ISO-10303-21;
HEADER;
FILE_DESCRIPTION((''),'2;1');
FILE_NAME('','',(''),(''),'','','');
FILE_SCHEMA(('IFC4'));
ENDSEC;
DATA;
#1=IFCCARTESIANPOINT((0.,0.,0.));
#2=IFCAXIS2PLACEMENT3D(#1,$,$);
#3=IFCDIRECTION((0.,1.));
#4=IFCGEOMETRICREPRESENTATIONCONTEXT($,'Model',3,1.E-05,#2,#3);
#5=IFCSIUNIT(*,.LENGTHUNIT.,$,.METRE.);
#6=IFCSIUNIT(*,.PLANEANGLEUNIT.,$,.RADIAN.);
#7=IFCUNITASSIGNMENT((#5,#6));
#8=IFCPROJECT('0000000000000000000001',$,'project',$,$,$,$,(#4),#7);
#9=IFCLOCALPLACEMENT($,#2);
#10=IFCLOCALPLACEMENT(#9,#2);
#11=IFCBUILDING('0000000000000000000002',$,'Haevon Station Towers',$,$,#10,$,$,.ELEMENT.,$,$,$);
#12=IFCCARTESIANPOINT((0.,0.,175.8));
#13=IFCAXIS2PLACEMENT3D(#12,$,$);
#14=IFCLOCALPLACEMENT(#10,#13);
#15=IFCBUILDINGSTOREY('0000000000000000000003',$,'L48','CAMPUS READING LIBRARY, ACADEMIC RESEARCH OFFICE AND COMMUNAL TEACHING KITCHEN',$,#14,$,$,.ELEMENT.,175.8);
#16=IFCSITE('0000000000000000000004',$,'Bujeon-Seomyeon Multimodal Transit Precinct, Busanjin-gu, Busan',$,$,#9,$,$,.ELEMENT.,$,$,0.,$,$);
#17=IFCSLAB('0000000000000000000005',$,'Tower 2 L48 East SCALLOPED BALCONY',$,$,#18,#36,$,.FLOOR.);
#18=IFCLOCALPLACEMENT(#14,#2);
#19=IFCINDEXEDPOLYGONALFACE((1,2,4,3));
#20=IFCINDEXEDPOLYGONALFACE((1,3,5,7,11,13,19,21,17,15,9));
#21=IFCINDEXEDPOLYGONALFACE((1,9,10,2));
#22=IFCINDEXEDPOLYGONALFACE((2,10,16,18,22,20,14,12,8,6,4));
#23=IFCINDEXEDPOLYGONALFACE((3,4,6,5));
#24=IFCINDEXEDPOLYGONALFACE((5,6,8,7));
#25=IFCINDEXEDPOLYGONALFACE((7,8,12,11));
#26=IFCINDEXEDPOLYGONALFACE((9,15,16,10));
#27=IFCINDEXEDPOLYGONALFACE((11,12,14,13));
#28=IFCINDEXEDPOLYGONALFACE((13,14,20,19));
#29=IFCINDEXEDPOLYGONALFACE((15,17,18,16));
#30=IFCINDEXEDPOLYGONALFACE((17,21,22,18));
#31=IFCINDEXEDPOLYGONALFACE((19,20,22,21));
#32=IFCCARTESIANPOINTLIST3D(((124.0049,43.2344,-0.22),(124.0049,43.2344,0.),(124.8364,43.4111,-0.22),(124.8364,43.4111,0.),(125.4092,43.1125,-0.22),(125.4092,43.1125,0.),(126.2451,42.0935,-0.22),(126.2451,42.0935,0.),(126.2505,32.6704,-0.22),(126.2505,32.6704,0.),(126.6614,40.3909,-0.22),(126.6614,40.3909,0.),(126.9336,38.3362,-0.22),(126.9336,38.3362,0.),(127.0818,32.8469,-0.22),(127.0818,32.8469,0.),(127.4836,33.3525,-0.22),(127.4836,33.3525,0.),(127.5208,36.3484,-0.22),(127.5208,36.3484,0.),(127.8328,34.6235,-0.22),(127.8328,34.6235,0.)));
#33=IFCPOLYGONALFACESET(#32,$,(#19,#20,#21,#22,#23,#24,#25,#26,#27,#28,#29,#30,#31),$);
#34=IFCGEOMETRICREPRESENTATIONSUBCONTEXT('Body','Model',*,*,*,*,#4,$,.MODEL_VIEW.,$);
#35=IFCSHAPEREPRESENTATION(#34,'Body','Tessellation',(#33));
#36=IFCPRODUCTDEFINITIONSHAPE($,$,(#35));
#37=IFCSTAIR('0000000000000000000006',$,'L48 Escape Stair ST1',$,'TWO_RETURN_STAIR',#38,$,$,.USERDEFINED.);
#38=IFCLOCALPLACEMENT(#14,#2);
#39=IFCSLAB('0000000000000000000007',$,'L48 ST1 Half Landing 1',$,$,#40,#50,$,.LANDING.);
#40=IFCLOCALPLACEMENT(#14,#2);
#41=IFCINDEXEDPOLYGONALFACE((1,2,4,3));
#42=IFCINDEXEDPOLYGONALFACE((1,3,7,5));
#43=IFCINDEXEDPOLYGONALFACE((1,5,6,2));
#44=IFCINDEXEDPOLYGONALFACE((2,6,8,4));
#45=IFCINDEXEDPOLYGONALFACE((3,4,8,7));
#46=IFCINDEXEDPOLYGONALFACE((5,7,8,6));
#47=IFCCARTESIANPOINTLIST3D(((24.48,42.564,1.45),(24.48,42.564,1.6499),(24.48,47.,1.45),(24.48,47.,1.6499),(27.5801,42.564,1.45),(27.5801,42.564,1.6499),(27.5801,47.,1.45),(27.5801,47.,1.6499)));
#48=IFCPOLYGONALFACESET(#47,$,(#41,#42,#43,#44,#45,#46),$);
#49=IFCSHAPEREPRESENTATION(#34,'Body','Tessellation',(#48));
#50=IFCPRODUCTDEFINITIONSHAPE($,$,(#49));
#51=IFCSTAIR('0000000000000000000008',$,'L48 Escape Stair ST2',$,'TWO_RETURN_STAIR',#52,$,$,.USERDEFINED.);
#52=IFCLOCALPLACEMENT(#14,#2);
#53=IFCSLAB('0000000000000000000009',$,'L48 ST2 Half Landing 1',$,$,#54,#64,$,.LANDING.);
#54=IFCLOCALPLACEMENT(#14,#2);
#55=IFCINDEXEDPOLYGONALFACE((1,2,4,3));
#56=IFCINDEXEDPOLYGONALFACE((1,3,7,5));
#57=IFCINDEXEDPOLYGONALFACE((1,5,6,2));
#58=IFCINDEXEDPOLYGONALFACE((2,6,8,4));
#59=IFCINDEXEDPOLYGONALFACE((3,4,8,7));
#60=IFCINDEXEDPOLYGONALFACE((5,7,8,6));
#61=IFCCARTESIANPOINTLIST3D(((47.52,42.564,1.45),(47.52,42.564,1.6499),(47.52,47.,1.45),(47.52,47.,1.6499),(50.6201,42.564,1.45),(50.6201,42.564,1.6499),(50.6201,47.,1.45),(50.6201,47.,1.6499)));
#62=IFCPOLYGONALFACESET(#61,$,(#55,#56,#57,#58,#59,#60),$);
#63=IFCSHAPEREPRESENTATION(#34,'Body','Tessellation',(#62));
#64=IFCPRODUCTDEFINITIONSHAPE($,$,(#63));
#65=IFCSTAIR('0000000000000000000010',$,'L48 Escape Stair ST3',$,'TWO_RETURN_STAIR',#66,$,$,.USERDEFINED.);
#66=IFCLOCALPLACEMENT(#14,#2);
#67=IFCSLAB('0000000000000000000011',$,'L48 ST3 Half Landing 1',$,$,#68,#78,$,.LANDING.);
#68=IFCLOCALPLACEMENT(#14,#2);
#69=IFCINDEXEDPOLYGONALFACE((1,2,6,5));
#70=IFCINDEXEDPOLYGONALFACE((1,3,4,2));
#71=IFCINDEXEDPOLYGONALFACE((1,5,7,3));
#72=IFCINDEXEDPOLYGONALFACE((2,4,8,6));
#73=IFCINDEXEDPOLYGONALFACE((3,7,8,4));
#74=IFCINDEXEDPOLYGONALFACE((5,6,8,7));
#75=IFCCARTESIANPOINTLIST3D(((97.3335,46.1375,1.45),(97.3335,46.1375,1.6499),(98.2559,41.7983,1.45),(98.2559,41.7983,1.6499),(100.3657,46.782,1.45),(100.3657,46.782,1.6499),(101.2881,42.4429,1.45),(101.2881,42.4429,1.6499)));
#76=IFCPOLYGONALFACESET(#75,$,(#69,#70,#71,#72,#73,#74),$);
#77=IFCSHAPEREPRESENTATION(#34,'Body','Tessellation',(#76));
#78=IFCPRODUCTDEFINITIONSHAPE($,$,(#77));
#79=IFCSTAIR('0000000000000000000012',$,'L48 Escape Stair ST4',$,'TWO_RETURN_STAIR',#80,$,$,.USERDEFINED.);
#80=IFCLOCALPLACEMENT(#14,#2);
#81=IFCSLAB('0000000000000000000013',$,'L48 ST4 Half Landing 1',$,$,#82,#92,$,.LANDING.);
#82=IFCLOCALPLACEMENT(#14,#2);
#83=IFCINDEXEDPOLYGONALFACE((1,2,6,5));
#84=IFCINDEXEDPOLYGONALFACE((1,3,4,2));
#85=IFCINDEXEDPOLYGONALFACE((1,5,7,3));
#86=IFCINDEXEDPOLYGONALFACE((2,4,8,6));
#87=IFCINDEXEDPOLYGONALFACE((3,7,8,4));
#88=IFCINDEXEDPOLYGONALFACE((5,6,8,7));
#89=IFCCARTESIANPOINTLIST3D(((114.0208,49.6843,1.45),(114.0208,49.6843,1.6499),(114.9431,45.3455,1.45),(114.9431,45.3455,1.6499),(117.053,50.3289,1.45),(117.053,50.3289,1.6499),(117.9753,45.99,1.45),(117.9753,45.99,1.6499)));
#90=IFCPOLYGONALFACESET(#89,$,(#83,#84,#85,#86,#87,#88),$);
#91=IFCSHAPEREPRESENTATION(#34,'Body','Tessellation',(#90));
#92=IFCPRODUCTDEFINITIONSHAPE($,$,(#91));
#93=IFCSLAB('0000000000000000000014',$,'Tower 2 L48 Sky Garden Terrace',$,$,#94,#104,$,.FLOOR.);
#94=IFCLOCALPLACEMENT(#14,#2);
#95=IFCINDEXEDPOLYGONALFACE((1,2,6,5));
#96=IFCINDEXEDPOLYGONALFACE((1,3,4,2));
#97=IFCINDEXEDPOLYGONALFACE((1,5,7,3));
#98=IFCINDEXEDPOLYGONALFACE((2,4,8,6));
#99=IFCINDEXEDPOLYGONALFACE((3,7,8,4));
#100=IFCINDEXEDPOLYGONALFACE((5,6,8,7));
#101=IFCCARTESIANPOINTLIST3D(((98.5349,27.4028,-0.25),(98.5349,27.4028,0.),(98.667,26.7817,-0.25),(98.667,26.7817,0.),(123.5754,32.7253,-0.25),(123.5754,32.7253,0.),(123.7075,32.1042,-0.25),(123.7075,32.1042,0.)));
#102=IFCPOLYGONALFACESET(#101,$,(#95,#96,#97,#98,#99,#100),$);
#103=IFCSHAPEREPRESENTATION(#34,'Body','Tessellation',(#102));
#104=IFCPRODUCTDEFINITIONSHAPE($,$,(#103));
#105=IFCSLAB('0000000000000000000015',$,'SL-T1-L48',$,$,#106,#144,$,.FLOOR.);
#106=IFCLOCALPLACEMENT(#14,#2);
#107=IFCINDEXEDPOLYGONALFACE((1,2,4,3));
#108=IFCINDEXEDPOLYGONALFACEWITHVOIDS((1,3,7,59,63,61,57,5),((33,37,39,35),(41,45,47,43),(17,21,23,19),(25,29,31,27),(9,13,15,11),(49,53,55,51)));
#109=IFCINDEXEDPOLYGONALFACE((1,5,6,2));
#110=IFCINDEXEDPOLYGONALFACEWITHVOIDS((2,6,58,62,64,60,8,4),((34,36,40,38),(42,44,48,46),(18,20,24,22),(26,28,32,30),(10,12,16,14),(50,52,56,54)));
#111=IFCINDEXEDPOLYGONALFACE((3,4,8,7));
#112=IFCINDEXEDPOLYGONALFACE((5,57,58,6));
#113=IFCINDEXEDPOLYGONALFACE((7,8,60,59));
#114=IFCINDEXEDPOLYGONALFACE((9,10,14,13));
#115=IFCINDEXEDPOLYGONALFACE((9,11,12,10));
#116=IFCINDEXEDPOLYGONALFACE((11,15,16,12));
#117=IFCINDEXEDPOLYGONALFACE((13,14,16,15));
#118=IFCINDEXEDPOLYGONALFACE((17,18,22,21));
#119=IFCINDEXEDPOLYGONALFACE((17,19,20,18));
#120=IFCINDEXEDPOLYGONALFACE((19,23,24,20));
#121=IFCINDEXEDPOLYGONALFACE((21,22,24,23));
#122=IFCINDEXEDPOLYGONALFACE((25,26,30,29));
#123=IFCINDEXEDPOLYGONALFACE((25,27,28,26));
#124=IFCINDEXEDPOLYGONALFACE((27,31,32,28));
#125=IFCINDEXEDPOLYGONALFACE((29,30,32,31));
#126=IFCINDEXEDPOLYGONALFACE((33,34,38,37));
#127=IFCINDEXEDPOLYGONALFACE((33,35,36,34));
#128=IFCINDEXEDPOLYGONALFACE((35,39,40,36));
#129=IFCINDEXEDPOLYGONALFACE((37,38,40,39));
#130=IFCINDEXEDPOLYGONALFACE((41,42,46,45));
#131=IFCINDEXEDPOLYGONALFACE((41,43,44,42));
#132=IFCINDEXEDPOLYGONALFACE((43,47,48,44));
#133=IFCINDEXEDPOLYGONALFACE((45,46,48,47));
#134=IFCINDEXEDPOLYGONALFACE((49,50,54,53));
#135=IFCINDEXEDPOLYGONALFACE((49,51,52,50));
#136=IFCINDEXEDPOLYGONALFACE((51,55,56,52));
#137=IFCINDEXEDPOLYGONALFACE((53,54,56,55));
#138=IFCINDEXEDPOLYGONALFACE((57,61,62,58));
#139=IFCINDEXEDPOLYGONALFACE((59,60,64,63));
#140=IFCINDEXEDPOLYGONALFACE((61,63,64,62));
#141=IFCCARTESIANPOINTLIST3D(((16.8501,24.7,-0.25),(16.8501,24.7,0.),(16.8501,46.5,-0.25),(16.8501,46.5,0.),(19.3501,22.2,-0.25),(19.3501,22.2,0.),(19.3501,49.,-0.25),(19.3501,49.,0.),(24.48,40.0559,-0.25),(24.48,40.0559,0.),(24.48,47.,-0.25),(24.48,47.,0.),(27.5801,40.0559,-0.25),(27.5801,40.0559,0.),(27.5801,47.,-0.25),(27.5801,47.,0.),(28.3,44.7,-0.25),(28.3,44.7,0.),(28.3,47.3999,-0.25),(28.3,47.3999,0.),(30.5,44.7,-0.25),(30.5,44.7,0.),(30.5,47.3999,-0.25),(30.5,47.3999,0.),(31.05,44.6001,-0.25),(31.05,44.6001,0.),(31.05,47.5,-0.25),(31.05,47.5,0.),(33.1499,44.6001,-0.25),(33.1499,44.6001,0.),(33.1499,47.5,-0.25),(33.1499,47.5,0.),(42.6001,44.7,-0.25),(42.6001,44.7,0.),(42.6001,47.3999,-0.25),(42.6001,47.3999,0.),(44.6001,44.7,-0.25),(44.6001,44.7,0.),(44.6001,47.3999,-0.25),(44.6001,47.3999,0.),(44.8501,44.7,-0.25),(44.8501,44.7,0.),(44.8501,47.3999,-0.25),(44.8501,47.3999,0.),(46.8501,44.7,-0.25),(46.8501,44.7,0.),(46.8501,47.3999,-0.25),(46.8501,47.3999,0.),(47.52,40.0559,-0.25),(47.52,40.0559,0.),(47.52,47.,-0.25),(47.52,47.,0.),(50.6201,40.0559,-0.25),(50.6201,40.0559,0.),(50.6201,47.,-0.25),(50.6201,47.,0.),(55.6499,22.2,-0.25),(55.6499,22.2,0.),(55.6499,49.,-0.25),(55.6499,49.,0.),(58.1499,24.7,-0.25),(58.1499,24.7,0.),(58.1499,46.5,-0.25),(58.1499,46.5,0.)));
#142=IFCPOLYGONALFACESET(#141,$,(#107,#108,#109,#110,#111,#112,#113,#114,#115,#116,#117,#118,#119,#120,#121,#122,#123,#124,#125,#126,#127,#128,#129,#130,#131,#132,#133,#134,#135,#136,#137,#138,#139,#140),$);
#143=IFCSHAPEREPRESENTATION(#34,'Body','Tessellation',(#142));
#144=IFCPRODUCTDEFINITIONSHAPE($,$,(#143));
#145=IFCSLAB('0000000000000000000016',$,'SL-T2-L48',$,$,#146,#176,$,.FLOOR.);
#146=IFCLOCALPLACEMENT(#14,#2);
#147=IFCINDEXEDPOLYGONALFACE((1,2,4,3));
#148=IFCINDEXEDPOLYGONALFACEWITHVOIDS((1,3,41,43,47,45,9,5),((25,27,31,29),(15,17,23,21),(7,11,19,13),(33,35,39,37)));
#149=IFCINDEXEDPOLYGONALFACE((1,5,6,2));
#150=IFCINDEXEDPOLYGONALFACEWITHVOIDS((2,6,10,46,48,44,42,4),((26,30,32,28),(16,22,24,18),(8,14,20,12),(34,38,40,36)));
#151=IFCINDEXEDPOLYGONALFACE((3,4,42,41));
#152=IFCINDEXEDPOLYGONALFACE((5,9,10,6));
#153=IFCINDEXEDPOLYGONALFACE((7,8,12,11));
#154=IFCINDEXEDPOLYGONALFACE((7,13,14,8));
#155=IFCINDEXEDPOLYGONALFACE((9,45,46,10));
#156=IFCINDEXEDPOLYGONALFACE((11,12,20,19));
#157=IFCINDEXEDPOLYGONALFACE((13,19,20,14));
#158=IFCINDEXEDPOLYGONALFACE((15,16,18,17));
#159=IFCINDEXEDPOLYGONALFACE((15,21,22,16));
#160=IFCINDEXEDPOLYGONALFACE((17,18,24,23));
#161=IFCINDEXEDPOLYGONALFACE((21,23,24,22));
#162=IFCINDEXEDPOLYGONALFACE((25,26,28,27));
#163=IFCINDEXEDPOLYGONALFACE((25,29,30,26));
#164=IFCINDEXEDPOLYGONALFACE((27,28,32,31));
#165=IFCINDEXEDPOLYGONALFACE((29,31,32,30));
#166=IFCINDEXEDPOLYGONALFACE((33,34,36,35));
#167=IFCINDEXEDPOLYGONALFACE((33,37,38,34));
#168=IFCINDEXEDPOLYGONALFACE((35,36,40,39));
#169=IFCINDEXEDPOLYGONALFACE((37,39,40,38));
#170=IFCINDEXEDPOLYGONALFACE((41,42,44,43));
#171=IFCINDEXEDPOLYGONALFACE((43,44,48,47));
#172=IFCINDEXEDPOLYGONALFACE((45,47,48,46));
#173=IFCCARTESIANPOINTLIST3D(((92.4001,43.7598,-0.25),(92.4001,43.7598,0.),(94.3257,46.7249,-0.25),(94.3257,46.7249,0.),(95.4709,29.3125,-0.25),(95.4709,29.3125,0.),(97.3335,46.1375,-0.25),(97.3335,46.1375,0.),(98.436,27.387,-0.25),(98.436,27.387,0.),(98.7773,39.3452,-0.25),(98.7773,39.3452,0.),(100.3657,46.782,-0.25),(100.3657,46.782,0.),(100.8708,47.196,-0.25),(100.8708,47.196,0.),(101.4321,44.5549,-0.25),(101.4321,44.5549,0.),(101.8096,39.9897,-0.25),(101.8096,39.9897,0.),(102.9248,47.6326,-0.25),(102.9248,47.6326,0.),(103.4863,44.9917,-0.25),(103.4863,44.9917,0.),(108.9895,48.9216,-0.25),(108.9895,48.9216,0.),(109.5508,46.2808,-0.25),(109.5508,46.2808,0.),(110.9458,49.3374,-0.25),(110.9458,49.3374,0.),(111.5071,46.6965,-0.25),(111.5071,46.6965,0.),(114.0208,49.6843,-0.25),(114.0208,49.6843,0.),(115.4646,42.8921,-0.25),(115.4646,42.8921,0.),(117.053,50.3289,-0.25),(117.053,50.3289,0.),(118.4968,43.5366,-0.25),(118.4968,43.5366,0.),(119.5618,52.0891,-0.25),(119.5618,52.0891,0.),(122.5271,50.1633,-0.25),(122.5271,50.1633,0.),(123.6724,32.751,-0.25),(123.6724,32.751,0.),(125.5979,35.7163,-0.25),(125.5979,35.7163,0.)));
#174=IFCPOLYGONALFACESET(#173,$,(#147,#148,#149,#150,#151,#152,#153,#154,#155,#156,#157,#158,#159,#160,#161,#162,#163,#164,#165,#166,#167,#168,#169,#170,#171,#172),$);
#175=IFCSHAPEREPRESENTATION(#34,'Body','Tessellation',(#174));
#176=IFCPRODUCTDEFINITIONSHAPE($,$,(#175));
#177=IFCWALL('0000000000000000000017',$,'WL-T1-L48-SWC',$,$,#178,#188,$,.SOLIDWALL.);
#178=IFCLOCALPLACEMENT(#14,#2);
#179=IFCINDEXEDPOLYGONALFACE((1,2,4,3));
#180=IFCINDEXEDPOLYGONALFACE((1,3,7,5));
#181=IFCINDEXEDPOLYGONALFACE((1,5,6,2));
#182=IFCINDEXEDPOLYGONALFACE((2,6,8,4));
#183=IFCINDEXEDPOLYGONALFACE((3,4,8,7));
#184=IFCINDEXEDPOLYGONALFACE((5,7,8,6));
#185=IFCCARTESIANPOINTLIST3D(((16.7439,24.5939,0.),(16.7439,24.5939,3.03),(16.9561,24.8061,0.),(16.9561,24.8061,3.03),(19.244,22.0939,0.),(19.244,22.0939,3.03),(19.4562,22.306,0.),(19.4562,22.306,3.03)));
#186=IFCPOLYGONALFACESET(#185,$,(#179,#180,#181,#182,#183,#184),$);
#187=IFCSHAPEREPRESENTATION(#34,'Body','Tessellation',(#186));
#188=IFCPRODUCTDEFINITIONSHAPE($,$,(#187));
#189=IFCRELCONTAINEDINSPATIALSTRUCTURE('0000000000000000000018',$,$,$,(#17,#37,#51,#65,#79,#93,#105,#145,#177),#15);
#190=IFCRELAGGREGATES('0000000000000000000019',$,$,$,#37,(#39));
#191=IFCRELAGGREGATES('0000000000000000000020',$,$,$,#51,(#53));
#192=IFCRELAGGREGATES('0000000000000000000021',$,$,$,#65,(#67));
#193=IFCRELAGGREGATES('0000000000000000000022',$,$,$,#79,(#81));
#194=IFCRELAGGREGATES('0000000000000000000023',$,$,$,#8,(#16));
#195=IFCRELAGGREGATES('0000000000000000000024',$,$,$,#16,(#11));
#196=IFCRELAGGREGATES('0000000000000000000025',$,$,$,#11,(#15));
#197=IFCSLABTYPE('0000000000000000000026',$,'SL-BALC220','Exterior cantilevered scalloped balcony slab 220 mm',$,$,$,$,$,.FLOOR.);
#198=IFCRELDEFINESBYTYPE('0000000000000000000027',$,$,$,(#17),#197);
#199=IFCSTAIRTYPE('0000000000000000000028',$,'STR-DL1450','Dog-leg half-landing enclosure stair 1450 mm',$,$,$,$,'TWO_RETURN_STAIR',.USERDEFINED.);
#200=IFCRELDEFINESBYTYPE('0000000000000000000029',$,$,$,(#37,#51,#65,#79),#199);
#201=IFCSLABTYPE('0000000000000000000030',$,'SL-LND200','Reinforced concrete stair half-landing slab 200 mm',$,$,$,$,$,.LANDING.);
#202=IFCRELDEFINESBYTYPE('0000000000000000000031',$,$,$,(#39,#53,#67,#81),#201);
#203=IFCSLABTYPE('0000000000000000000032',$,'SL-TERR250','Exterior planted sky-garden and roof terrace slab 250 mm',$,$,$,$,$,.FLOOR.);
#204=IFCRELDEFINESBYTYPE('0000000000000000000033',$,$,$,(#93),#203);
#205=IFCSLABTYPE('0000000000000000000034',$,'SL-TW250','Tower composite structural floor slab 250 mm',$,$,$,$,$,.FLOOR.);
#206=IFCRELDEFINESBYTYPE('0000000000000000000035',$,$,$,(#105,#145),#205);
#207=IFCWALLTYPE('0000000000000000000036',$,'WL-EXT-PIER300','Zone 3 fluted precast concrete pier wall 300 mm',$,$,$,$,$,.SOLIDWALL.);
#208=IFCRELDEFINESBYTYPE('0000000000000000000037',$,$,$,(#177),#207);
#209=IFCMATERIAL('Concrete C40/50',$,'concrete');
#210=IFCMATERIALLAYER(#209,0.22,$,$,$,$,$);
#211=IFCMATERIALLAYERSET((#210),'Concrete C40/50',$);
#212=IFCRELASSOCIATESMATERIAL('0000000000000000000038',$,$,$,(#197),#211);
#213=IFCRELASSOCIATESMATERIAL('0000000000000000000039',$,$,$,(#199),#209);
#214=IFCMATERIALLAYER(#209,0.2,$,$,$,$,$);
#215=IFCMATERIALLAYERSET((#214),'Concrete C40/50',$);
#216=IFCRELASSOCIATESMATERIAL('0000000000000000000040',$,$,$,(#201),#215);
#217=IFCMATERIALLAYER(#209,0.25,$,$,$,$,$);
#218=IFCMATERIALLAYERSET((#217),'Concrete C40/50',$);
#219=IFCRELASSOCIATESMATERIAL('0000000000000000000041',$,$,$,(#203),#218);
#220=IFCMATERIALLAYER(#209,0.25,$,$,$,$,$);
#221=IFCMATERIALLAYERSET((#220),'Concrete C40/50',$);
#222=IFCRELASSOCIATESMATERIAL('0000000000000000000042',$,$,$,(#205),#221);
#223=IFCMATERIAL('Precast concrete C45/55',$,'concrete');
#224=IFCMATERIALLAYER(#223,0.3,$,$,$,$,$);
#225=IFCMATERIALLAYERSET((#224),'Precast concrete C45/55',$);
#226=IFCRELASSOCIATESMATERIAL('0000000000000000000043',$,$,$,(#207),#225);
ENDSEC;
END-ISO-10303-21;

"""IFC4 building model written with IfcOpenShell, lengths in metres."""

from ifc_helpers import new_model, si_unit, direction, frame, frame_2d, origin, place, context, subcontext, project, spatial, polyline, rectangle, outline, extrude, material, layer, layer_set, type_object, element, aggregate, save


model = new_model("IFC4")

# Units and contexts
model_context = context("Model", 3, precision=1e-05, world=origin(), true_north=direction((0.0, 1.0)))
body_context = subcontext(model_context, "Body", "Model", "MODEL_VIEW")
ifc_project = project(units=[si_unit("LENGTHUNIT", "METRE"), si_unit("PLANEANGLEUNIT", "RADIAN")], contexts=[model_context])

# Site, building, storey
site_placement = place(None, origin())
site = spatial("IfcSite", under=ifc_project, at=site_placement, Name="Bujeon-Seomyeon Multimodal Transit Precinct, Busanjin-gu, Busan", CompositionType="ELEMENT", RefElevation=0.0)
building_placement = place(site_placement, origin())
building = spatial("IfcBuilding", under=site, at=building_placement, Name="Haevon Station Towers", CompositionType="ELEMENT")
storey_placement = place(building_placement, frame((0.0, 0.0, 175.8)))
storey = spatial("IfcBuildingStorey", under=building, at=storey_placement, Name="L48", Description="CAMPUS READING LIBRARY, ACADEMIC RESEARCH OFFICE AND COMMUNAL TEACHING KITCHEN", CompositionType="ELEMENT", Elevation=175.8)

# Slab
ifc_material_1 = material(Name="Concrete C40/50", Category="concrete")
ifc_layer_1 = layer(ifc_material_1, 0.22)
ifc_layer_set_1 = layer_set([ifc_layer_1], Name="Concrete C40/50")
slab_type_1 = type_object("IfcSlabType", Name="SL-BALC220", Description="Exterior cantilevered scalloped balcony slab 220 mm", PredefinedType="FLOOR", material=ifc_layer_set_1)
slab_1_placement = place(storey_placement, frame((0.0, 0.0, -0.22)))
element("IfcSlab", 1, at=slab_1_placement, inside=storey, type_object=slab_type_1, Name="Tower 2 L48 East SCALLOPED BALCONY", PredefinedType="FLOOR", context=body_context, shape_type="SweptSolid", body=[
    extrude(outline(polyline([(126.2505, 32.6704), (127.0818, 32.8469), (127.4836, 33.3525), (127.8328, 34.6235), (127.5208, 36.3484), (126.9336, 38.3362), (126.6614, 40.3909), (126.2451, 42.0935), (125.4092, 43.1125), (124.8364, 43.4111), (124.0049, 43.2344), (126.2505, 32.6704)])), origin(), (0.0, 0.0, 1.0), 0.22),
])

# Stairs, slabs
stair_type = type_object("IfcStairType", Name="STR-DL1450", Description="Dog-leg half-landing enclosure stair 1450 mm", ElementType="TWO_RETURN_STAIR", PredefinedType="USERDEFINED", material=ifc_material_1)
stair_1_placement = place(storey_placement, origin())
stair_1 = element("IfcStair", 2, at=stair_1_placement, inside=storey, type_object=stair_type, Name="L48 Escape Stair ST1", ObjectType="TWO_RETURN_STAIR", PredefinedType="USERDEFINED")
ifc_layer_2 = layer(ifc_material_1, 0.2)
ifc_layer_set_2 = layer_set([ifc_layer_2], Name="Concrete C40/50")
slab_type_2 = type_object("IfcSlabType", Name="SL-LND200", Description="Reinforced concrete stair half-landing slab 200 mm", PredefinedType="LANDING", material=ifc_layer_set_2)
slab_2_placement = place(storey_placement, frame((0.0, 0.0, 1.45)))
slab_2 = element("IfcSlab", 3, at=slab_2_placement, type_object=slab_type_2, Name="L48 ST1 Half Landing 1", PredefinedType="LANDING", context=body_context, shape_type="SweptSolid", body=[
    extrude(outline(polyline([(27.5801, 42.564), (27.5801, 47.0), (24.48, 47.0), (24.48, 42.564), (27.5801, 42.564)])), origin(), (0.0, 0.0, 1.0), 0.2),
])
aggregate(stair_1, [slab_2])
stair_2_placement = place(storey_placement, origin())
stair_2 = element("IfcStair", 4, at=stair_2_placement, inside=storey, type_object=stair_type, Name="L48 Escape Stair ST2", ObjectType="TWO_RETURN_STAIR", PredefinedType="USERDEFINED")
slab_3_placement = place(storey_placement, frame((0.0, 0.0, 1.45)))
slab_3 = element("IfcSlab", 5, at=slab_3_placement, type_object=slab_type_2, Name="L48 ST2 Half Landing 1", PredefinedType="LANDING", context=body_context, shape_type="SweptSolid", body=[
    extrude(outline(polyline([(50.6201, 42.564), (50.6201, 47.0), (47.52, 47.0), (47.52, 42.564), (50.6201, 42.564)])), origin(), (0.0, 0.0, 1.0), 0.2),
])
aggregate(stair_2, [slab_3])
stair_3_placement = place(storey_placement, origin())
stair_3 = element("IfcStair", 6, at=stair_3_placement, inside=storey, type_object=stair_type, Name="L48 Escape Stair ST3", ObjectType="TWO_RETURN_STAIR", PredefinedType="USERDEFINED")
slab_4_placement = place(storey_placement, frame((0.0, 0.0, 1.45)))
slab_4 = element("IfcSlab", 7, at=slab_4_placement, type_object=slab_type_2, Name="L48 ST3 Half Landing 1", PredefinedType="LANDING", context=body_context, shape_type="SweptSolid", body=[
    extrude(outline(polyline([(101.2881, 42.4429), (100.3657, 46.782), (97.3335, 46.1375), (98.2559, 41.7983), (101.2881, 42.4429)])), origin(), (0.0, 0.0, 1.0), 0.2),
])
aggregate(stair_3, [slab_4])
stair_4_placement = place(storey_placement, origin())
stair_4 = element("IfcStair", 8, at=stair_4_placement, inside=storey, type_object=stair_type, Name="L48 Escape Stair ST4", ObjectType="TWO_RETURN_STAIR", PredefinedType="USERDEFINED")
slab_5_placement = place(storey_placement, frame((0.0, 0.0, 1.45)))
slab_5 = element("IfcSlab", 9, at=slab_5_placement, type_object=slab_type_2, Name="L48 ST4 Half Landing 1", PredefinedType="LANDING", context=body_context, shape_type="SweptSolid", body=[
    extrude(outline(polyline([(117.9753, 45.99), (117.053, 50.3289), (114.0208, 49.6843), (114.9431, 45.3455), (117.9753, 45.99)])), origin(), (0.0, 0.0, 1.0), 0.2),
])
aggregate(stair_4, [slab_5])

# Slabs
ifc_layer_3 = layer(ifc_material_1, 0.25)
ifc_layer_set_3 = layer_set([ifc_layer_3], Name="Concrete C40/50")
slab_type_3 = type_object("IfcSlabType", Name="SL-TERR250", Description="Exterior planted sky-garden and roof terrace slab 250 mm", PredefinedType="FLOOR", material=ifc_layer_set_3)
slab_6_placement = place(storey_placement, frame((0.0, 0.0, -0.25)))
element("IfcSlab", 10, at=slab_6_placement, inside=storey, type_object=slab_type_3, Name="Tower 2 L48 Sky Garden Terrace", PredefinedType="FLOOR", context=body_context, shape_type="SweptSolid", body=[
    extrude(outline(polyline([(98.667, 26.7817), (123.7075, 32.1042), (123.5754, 32.7253), (98.5349, 27.4028), (98.667, 26.7817)])), origin(), (0.0, 0.0, 1.0), 0.25),
])
ifc_layer_4 = layer(ifc_material_1, 0.25)
ifc_layer_set_4 = layer_set([ifc_layer_4], Name="Concrete C40/50")
slab_type_4 = type_object("IfcSlabType", Name="SL-TW250", Description="Tower composite structural floor slab 250 mm", PredefinedType="FLOOR", material=ifc_layer_set_4)
slab_7_placement = place(storey_placement, frame((0.0, 0.0, -0.25)))
element("IfcSlab", 11, at=slab_7_placement, inside=storey, type_object=slab_type_4, Name="SL-T1-L48", PredefinedType="FLOOR", context=body_context, shape_type="SweptSolid", body=[
    extrude(outline(polyline([(19.3501, 22.2), (55.6499, 22.2), (58.1499, 24.7), (58.1499, 46.5), (55.6499, 49.0), (19.3501, 49.0), (16.8501, 46.5), (16.8501, 24.7), (19.3501, 22.2)]), holes=[polyline([(27.5801, 40.0559), (27.5801, 47.0), (24.48, 47.0), (24.48, 40.0559), (27.5801, 40.0559)]), polyline([(50.6201, 40.0559), (50.6201, 47.0), (47.52, 47.0), (47.52, 40.0559), (50.6201, 40.0559)]), polyline([(28.3, 44.7), (30.5, 44.7), (30.5, 47.3999), (28.3, 47.3999), (28.3, 44.7)]), polyline([(31.05, 44.6001), (33.1499, 44.6001), (33.1499, 47.5), (31.05, 47.5), (31.05, 44.6001)]), polyline([(42.6001, 44.7), (44.6001, 44.7), (44.6001, 47.3999), (42.6001, 47.3999), (42.6001, 44.7)]), polyline([(44.8501, 44.7), (46.8501, 44.7), (46.8501, 47.3999), (44.8501, 47.3999), (44.8501, 44.7)])]), origin(), (0.0, 0.0, 1.0), 0.25),
])
slab_8_placement = place(storey_placement, frame((0.0, 0.0, -0.25)))
element("IfcSlab", 12, at=slab_8_placement, inside=storey, type_object=slab_type_4, Name="SL-T2-L48", PredefinedType="FLOOR", context=body_context, shape_type="SweptSolid", body=[
    extrude(outline(polyline([(98.436, 27.387), (123.6724, 32.751), (125.5979, 35.7163), (122.5271, 50.1633), (119.5618, 52.0891), (94.3257, 46.7249), (92.4001, 43.7598), (95.4709, 29.3125), (98.436, 27.387)]), holes=[polyline([(101.8096, 39.9897), (100.3657, 46.782), (97.3335, 46.1375), (98.7773, 39.3452), (101.8096, 39.9897)]), polyline([(118.4968, 43.5366), (117.053, 50.3289), (114.0208, 49.6843), (115.4646, 42.8921), (118.4968, 43.5366)]), polyline([(101.4321, 44.5549), (103.4863, 44.9917), (102.9248, 47.6326), (100.8708, 47.196), (101.4321, 44.5549)]), polyline([(109.5508, 46.2808), (111.5071, 46.6965), (110.9458, 49.3374), (108.9895, 48.9216), (109.5508, 46.2808)])]), origin(), (0.0, 0.0, 1.0), 0.25),
])

# Wall
ifc_material_2 = material(Name="Precast concrete C45/55", Category="concrete")
ifc_layer_5 = layer(ifc_material_2, 0.3)
ifc_layer_set_5 = layer_set([ifc_layer_5], Name="Precast concrete C45/55")
wall_type_1 = type_object("IfcWallType", Name="WL-EXT-PIER300", Description="Zone 3 fluted precast concrete pier wall 300 mm", PredefinedType="SOLIDWALL", material=ifc_layer_set_5)
wall_1_placement = place(storey_placement, frame((19.3501, 22.2, 0.0), z_axis=(0.0, 0.0, 1.0), x_axis=(-0.707107, 0.707107, 0.0)))
element("IfcWall", 13, at=wall_1_placement, inside=storey, type_object=wall_type_1, Name="WL-T1-L48-SWC", PredefinedType="SOLIDWALL", context=body_context, shape_type="SweptSolid", body=[
    extrude(rectangle(XDim=3.5356, YDim=0.3, at=frame_2d((1.7678, 0.0))), origin(), (0.0, 0.0, 1.0), 3.03),
])

save(model, "model.ifc")
